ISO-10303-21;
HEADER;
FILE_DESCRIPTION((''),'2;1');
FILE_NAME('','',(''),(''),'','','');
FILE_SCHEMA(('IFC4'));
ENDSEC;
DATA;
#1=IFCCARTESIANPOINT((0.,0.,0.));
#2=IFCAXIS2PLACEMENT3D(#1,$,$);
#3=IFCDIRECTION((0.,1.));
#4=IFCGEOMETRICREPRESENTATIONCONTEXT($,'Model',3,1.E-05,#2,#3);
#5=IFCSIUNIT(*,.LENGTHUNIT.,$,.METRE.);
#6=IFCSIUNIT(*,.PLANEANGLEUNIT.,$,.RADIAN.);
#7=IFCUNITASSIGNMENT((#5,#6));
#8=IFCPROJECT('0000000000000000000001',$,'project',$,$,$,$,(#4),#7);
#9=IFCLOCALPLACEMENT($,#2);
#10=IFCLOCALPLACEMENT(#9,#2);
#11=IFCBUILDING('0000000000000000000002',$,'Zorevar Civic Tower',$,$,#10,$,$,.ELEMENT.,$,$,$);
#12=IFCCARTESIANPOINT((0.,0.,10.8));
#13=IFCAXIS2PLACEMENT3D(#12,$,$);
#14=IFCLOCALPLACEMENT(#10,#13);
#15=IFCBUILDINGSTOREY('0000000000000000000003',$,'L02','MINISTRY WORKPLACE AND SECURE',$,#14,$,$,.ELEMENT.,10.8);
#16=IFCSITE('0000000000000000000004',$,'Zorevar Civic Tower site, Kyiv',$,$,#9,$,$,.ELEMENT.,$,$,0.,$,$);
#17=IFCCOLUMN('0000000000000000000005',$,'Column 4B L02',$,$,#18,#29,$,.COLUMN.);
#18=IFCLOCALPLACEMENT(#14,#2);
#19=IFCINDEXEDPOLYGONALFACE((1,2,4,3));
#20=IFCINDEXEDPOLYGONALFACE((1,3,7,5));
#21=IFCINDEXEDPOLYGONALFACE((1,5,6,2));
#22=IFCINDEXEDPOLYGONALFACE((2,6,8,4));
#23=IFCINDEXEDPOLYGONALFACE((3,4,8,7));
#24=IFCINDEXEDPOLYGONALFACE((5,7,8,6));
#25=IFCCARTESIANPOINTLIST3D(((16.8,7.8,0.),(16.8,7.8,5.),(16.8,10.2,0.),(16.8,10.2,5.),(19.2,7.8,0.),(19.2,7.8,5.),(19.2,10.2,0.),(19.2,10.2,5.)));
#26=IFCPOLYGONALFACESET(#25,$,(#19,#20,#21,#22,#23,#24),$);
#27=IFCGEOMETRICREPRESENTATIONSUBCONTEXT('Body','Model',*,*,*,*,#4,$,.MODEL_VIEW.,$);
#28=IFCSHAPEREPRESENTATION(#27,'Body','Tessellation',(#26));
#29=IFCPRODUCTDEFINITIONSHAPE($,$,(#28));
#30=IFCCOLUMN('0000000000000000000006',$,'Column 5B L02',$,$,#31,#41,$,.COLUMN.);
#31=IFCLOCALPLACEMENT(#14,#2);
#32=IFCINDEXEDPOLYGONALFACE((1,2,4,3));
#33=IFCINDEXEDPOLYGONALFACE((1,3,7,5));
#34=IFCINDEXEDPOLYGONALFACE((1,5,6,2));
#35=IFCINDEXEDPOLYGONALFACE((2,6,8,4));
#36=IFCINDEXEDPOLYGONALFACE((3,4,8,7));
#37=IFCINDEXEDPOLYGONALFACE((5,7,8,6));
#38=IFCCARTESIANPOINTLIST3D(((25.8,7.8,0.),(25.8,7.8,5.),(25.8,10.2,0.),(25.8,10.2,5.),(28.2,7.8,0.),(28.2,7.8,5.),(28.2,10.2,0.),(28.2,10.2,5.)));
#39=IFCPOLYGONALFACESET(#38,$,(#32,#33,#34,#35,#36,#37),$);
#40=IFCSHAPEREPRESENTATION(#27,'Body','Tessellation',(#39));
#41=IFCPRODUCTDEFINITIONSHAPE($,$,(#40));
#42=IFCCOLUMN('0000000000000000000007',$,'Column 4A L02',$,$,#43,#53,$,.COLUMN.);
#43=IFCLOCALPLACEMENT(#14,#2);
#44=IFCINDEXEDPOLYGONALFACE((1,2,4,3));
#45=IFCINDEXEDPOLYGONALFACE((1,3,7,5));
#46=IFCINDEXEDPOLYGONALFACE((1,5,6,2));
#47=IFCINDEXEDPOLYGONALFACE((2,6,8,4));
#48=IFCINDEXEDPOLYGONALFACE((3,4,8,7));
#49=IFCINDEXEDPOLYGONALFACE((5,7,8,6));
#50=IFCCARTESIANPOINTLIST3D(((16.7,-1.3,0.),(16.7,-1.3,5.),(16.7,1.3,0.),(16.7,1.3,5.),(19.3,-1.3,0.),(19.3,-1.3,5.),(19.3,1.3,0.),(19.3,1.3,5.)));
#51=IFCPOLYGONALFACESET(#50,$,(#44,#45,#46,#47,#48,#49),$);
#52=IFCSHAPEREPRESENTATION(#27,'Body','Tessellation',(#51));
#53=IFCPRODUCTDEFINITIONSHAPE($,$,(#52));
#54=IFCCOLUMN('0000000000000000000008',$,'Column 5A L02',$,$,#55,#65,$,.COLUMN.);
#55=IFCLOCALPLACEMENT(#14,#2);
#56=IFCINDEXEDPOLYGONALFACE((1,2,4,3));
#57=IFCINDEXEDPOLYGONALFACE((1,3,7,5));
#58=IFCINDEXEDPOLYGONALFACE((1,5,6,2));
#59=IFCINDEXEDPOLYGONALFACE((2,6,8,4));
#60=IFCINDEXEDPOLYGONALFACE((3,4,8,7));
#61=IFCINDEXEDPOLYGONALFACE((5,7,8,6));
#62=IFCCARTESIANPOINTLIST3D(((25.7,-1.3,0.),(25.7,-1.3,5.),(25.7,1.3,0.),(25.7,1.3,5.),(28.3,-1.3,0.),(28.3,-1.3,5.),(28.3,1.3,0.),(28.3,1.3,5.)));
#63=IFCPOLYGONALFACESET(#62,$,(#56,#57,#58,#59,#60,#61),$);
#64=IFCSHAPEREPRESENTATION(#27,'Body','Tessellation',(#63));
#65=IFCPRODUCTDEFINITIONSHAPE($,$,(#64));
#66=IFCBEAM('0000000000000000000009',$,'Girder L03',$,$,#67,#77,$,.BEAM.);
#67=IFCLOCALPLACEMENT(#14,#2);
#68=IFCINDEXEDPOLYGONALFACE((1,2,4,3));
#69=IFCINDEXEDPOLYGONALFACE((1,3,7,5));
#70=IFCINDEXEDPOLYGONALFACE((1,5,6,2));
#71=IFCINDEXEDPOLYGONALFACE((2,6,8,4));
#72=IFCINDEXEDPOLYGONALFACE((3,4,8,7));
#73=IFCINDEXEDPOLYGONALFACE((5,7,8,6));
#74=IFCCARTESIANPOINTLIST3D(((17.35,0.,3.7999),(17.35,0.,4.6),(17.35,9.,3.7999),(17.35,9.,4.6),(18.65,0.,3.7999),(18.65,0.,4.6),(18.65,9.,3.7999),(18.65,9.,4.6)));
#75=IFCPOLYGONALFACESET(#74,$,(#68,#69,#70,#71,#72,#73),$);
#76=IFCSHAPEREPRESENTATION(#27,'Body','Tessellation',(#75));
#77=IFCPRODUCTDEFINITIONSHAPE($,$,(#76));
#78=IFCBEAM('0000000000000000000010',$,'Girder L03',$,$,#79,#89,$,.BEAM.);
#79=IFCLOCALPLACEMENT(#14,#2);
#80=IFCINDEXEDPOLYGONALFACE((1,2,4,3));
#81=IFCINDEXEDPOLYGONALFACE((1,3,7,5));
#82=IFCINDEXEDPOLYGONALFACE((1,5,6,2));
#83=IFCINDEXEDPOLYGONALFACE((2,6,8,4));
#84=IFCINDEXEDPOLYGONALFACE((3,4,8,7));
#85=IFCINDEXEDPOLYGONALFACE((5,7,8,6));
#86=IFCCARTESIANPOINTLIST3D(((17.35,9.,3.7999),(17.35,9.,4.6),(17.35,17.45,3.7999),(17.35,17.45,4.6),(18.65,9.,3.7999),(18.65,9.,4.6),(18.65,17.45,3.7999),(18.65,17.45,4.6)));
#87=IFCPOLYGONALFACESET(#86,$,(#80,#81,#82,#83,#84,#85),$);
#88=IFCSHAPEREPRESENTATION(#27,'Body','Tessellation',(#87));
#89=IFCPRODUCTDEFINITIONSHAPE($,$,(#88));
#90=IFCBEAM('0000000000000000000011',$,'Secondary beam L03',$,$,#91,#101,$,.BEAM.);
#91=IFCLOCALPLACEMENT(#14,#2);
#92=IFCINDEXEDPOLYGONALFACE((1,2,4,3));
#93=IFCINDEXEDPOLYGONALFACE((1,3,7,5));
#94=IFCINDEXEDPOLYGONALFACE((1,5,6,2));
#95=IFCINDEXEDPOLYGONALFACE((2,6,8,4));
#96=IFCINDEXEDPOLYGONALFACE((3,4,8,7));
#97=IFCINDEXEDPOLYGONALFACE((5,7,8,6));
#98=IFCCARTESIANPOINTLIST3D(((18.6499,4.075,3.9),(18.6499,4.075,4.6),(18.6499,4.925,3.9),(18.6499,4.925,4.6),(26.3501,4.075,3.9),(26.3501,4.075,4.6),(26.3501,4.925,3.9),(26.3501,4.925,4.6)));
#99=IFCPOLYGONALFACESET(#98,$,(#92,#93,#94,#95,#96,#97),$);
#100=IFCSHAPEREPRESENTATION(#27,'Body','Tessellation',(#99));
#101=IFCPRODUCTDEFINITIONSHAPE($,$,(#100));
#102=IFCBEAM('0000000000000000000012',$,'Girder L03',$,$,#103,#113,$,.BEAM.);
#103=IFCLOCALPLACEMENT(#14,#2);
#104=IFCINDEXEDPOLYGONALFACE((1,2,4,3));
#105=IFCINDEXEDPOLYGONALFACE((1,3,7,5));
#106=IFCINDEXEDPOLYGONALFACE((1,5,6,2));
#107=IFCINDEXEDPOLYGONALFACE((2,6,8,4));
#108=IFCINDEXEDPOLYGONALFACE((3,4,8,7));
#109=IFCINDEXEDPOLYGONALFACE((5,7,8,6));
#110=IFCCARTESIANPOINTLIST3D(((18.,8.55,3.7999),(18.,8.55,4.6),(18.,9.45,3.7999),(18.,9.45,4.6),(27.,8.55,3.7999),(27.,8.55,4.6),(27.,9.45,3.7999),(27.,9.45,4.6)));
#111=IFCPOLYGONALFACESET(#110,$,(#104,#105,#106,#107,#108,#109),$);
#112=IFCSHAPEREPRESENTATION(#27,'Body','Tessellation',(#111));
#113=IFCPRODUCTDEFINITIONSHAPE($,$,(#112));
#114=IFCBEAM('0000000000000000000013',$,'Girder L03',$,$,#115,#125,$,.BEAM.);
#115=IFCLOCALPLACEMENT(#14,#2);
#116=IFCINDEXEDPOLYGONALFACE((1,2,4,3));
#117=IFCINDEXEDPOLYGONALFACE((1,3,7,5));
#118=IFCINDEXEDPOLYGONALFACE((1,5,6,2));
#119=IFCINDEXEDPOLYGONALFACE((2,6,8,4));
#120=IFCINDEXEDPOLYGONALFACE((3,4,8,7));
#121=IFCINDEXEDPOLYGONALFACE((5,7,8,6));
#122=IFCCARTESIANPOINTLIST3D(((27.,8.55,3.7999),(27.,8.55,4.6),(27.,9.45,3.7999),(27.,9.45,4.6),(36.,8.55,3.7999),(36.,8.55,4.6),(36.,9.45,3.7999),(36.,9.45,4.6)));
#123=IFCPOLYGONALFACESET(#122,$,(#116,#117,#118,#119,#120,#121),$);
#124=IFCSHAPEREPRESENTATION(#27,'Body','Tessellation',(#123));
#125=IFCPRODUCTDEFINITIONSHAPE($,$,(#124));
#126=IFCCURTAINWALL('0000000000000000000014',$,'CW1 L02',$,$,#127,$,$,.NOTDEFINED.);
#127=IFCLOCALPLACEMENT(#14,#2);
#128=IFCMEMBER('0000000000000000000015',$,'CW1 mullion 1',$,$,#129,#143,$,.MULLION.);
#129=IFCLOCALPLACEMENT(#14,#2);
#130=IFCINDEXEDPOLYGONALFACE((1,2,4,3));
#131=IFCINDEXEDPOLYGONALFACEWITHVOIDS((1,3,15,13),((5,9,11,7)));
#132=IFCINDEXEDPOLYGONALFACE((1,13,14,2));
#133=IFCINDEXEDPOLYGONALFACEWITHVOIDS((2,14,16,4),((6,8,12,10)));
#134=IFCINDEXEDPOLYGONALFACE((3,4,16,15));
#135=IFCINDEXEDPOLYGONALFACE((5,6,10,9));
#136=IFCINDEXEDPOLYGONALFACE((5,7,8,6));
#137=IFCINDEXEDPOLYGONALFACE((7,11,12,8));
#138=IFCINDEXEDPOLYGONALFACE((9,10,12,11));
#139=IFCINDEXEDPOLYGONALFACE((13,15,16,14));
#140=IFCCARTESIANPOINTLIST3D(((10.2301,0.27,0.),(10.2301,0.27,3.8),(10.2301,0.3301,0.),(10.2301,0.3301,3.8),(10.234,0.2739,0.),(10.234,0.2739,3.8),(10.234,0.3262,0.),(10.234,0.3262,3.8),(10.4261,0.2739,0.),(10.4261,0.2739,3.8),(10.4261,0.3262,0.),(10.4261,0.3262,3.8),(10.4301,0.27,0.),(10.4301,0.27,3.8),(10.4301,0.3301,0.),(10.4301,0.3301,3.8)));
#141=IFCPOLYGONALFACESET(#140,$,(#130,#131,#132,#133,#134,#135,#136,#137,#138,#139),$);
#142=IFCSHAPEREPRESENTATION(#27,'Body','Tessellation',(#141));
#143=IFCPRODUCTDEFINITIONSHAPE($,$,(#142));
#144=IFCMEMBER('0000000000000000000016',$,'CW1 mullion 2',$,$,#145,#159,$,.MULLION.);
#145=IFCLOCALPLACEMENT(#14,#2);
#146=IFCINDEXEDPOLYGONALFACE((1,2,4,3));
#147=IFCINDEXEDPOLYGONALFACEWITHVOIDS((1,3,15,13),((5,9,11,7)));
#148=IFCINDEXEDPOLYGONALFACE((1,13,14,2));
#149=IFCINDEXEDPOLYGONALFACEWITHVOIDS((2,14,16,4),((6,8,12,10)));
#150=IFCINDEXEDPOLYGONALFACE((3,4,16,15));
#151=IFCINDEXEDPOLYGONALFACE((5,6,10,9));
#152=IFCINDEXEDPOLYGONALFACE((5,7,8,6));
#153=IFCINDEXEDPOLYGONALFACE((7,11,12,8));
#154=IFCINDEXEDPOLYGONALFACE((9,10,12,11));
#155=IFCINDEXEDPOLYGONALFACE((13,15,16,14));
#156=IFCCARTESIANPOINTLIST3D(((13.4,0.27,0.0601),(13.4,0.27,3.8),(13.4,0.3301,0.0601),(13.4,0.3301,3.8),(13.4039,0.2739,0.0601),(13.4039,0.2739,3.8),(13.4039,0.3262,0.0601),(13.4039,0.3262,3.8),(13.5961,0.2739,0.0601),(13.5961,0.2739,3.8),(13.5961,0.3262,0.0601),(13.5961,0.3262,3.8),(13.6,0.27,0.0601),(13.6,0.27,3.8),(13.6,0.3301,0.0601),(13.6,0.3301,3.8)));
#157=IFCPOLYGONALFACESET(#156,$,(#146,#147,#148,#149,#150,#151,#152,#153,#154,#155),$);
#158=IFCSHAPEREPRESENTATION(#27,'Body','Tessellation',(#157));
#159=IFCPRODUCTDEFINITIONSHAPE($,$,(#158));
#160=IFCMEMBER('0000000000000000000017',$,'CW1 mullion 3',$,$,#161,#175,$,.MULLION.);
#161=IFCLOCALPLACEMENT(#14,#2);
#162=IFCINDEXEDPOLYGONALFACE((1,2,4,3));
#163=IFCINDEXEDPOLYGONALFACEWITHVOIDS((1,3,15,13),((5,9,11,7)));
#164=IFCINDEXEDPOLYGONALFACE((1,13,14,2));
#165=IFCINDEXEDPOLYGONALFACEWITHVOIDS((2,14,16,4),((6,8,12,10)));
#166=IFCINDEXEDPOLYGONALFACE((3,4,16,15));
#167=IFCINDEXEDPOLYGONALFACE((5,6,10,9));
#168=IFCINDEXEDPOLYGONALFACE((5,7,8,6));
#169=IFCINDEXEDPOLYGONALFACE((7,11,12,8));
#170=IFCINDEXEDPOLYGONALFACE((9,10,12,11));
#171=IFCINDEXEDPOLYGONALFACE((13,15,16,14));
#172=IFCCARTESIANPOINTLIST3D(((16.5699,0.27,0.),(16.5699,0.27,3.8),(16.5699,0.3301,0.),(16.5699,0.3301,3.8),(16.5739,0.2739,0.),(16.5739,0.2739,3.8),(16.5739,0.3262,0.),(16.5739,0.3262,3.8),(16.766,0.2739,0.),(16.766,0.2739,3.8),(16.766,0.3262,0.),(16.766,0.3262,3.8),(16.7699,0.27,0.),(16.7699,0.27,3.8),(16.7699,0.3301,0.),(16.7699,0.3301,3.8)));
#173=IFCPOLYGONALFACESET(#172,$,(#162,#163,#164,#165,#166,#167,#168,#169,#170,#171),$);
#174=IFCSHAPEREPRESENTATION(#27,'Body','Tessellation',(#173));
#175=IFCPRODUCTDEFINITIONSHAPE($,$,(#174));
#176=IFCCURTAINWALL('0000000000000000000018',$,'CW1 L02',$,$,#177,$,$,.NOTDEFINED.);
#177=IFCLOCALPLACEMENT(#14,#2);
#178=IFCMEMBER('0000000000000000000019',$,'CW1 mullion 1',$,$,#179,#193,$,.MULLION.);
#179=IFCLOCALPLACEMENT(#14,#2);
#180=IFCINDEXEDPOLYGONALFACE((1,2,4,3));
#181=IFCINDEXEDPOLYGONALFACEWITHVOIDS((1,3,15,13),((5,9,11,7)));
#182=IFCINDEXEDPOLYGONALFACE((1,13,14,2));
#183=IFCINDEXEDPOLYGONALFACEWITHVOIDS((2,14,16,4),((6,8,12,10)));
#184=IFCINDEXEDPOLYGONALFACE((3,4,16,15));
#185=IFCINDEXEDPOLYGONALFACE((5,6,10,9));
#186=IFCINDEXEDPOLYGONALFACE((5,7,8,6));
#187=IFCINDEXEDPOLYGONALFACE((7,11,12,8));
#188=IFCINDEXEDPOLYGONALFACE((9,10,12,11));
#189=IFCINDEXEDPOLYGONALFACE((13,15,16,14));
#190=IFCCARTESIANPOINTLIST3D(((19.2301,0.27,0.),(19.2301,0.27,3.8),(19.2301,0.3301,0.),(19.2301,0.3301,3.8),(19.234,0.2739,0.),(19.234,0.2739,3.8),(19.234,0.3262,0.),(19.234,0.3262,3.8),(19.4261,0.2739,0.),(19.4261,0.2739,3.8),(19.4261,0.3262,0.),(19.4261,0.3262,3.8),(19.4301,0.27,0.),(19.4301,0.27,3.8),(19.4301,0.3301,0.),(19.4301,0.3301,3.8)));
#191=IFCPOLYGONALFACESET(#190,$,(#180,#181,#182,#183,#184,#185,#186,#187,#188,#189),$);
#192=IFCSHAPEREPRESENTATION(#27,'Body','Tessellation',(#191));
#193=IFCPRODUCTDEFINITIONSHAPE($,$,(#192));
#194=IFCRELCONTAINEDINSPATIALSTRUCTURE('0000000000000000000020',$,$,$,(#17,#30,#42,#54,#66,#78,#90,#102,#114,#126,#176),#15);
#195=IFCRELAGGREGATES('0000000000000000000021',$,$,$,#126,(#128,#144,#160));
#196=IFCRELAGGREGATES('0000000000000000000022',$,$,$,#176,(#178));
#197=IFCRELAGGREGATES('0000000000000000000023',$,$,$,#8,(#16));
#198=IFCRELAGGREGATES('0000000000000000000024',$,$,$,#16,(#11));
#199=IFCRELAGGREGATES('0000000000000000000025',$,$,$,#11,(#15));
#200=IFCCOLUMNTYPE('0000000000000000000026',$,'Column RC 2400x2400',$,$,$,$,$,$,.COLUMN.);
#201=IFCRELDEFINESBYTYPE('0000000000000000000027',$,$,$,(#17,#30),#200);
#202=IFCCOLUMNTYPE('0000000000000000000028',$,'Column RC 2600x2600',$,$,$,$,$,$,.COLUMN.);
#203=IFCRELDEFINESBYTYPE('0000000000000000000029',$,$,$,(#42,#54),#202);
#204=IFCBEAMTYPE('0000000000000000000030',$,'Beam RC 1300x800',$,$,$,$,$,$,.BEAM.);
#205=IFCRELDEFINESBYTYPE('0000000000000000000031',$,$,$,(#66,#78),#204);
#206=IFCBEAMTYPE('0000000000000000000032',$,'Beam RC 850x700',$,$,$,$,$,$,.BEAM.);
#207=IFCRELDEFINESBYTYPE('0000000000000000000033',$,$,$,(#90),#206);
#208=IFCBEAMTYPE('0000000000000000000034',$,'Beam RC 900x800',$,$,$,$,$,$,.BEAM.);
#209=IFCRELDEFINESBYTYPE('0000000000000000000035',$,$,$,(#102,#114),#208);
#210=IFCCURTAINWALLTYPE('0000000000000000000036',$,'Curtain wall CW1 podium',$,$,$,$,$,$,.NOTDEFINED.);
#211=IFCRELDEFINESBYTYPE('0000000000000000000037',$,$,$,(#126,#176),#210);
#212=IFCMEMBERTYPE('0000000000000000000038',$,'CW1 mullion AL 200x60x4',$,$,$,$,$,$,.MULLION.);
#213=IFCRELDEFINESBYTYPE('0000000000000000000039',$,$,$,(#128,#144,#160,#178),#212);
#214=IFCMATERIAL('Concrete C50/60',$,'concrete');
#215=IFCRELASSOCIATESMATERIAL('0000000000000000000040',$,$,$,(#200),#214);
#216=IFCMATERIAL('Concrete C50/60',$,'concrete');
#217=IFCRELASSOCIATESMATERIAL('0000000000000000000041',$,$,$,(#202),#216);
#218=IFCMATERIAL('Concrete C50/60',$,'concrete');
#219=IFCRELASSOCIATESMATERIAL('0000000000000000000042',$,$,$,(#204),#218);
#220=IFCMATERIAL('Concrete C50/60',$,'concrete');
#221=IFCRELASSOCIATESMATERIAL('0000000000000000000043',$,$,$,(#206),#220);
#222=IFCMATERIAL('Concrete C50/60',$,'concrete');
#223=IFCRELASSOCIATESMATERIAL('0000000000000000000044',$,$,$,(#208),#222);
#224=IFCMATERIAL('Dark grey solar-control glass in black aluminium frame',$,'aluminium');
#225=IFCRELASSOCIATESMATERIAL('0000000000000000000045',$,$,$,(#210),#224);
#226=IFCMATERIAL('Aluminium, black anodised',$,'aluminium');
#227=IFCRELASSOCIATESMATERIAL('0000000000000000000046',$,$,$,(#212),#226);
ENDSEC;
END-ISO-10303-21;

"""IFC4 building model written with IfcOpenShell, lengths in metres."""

from ifc_helpers import new_model, si_unit, direction, frame, origin, origin_2d, place, context, subcontext, project, spatial, rectangle, hollow_rectangle, extrude, material, material_profile, profile_set, type_object, element, aggregate, save


model = new_model("IFC4")

# Units and contexts
model_context = context("Model", 3, precision=1e-05, world=origin(), true_north=direction((0.0, 1.0)))
body_context = subcontext(model_context, "Body", "Model", "MODEL_VIEW")
ifc_project = project(units=[si_unit("LENGTHUNIT", "METRE"), si_unit("PLANEANGLEUNIT", "RADIAN")], contexts=[model_context])

# Site, building, storey
site_placement = place(None, origin())
site = spatial("IfcSite", under=ifc_project, at=site_placement, Name="Zorevar Civic Tower site, Kyiv", CompositionType="ELEMENT", RefElevation=0.0)
building_placement = place(site_placement, origin())
building = spatial("IfcBuilding", under=site, at=building_placement, Name="Zorevar Civic Tower", CompositionType="ELEMENT")
storey_placement = place(building_placement, frame((0.0, 0.0, 10.8)))
storey = spatial("IfcBuildingStorey", under=building, at=storey_placement, Name="L02", Description="MINISTRY WORKPLACE AND SECURE", CompositionType="ELEMENT", Elevation=10.8)

# Columns
ifc_material_1 = material(Name="Concrete C50/60", Category="concrete")
ifc_material_profile_1 = material_profile(ifc_material_1, rectangle(XDim=2.3999, YDim=2.3999, at=origin_2d()), Name="RC 2400x2400")
ifc_profile_set_1 = profile_set([ifc_material_profile_1], Name="Concrete C50/60")
column_type_1 = type_object("IfcColumnType", Name="Column RC 2400x2400", PredefinedType="COLUMN", material=ifc_profile_set_1)
for number, where, z_axis, x_axis, name in (
    (1, (18.0, 9.0, 0.0), (0.0, 0.0, 1.0), (1.0, 0.0, 0.0), "Column 4B L02"),
    (2, (27.0, 9.0, 0.0), (0.0, 0.0, 1.0), (1.0, 0.0, 0.0), "Column 5B L02"),
):
    element("IfcColumn", number, at=place(storey_placement, frame(where, z_axis=z_axis, x_axis=x_axis)), inside=storey, type_object=column_type_1, Name=name, PredefinedType="COLUMN", context=body_context, shape_type="SweptSolid", body=[
        extrude(rectangle(XDim=2.3999, YDim=2.3999, at=origin_2d()), origin(), (0.0, 0.0, 1.0), 5.0),
    ])
ifc_material_2 = material(Name="Concrete C50/60", Category="concrete")
ifc_material_profile_2 = material_profile(ifc_material_2, rectangle(XDim=2.6001, YDim=2.6001, at=origin_2d()), Name="RC 2600x2600")
ifc_profile_set_2 = profile_set([ifc_material_profile_2], Name="Concrete C50/60")
column_type_2 = type_object("IfcColumnType", Name="Column RC 2600x2600", PredefinedType="COLUMN", material=ifc_profile_set_2)
for number, where, z_axis, x_axis, name in (
    (3, (18.0, 0.0, 0.0), (0.0, 0.0, 1.0), (1.0, 0.0, 0.0), "Column 4A L02"),
    (4, (27.0, 0.0, 0.0), (0.0, 0.0, 1.0), (1.0, 0.0, 0.0), "Column 5A L02"),
):
    element("IfcColumn", number, at=place(storey_placement, frame(where, z_axis=z_axis, x_axis=x_axis)), inside=storey, type_object=column_type_2, Name=name, PredefinedType="COLUMN", context=body_context, shape_type="SweptSolid", body=[
        extrude(rectangle(XDim=2.6001, YDim=2.6001, at=origin_2d()), origin(), (0.0, 0.0, 1.0), 5.0),
    ])

# Beams
ifc_material_3 = material(Name="Concrete C50/60", Category="concrete")
ifc_material_profile_3 = material_profile(ifc_material_3, rectangle(XDim=1.3, YDim=0.8, at=origin_2d()), Name="RC 1300x800")
ifc_profile_set_3 = profile_set([ifc_material_profile_3], Name="Concrete C50/60")
beam_type_1 = type_object("IfcBeamType", Name="Beam RC 1300x800", PredefinedType="BEAM", material=ifc_profile_set_3)
beam_1_placement = place(storey_placement, frame((18.0, 0.0, 4.2), z_axis=(0.0, 1.0, 0.0), x_axis=(-1.0, 0.0, 0.0)))
element("IfcBeam", 5, at=beam_1_placement, inside=storey, type_object=beam_type_1, Name="Girder L03", PredefinedType="BEAM", context=body_context, shape_type="SweptSolid", body=[
    extrude(rectangle(XDim=1.3, YDim=0.8, at=origin_2d()), origin(), (0.0, 0.0, 1.0), 9.0),
])
beam_2_placement = place(storey_placement, frame((18.0, 9.0, 4.2), z_axis=(0.0, 1.0, 0.0), x_axis=(-1.0, 0.0, 0.0)))
element("IfcBeam", 6, at=beam_2_placement, inside=storey, type_object=beam_type_1, Name="Girder L03", PredefinedType="BEAM", context=body_context, shape_type="SweptSolid", body=[
    extrude(rectangle(XDim=1.3, YDim=0.8, at=origin_2d()), origin(), (0.0, 0.0, 1.0), 8.45),
])
ifc_material_4 = material(Name="Concrete C50/60", Category="concrete")
ifc_material_profile_4 = material_profile(ifc_material_4, rectangle(XDim=0.8501, YDim=0.7, at=origin_2d()), Name="RC 850x700")
ifc_profile_set_4 = profile_set([ifc_material_profile_4], Name="Concrete C50/60")
beam_type_2 = type_object("IfcBeamType", Name="Beam RC 850x700", PredefinedType="BEAM", material=ifc_profile_set_4)
beam_3_placement = place(storey_placement, frame((18.6499, 4.5, 4.25), z_axis=(1.0, 0.0, 0.0), x_axis=(0.0, 1.0, 0.0)))
element("IfcBeam", 7, at=beam_3_placement, inside=storey, type_object=beam_type_2, Name="Secondary beam L03", PredefinedType="BEAM", context=body_context, shape_type="SweptSolid", body=[
    extrude(rectangle(XDim=0.8501, YDim=0.7, at=origin_2d()), origin(), (0.0, 0.0, 1.0), 7.7002),
])
ifc_material_5 = material(Name="Concrete C50/60", Category="concrete")
ifc_material_profile_5 = material_profile(ifc_material_5, rectangle(XDim=0.8999, YDim=0.8, at=origin_2d()), Name="RC 900x800")
ifc_profile_set_5 = profile_set([ifc_material_profile_5], Name="Concrete C50/60")
beam_type_3 = type_object("IfcBeamType", Name="Beam RC 900x800", PredefinedType="BEAM", material=ifc_profile_set_5)
for number, where, z_axis, x_axis, name in (
    (8, (18.0, 9.0, 4.2), (1.0, 0.0, 0.0), (0.0, 1.0, 0.0), "Girder L03"),
    (9, (27.0, 9.0, 4.2), (1.0, 0.0, 0.0), (0.0, 1.0, 0.0), "Girder L03"),
):
    element("IfcBeam", number, at=place(storey_placement, frame(where, z_axis=z_axis, x_axis=x_axis)), inside=storey, type_object=beam_type_3, Name=name, PredefinedType="BEAM", context=body_context, shape_type="SweptSolid", body=[
        extrude(rectangle(XDim=0.8999, YDim=0.8, at=origin_2d()), origin(), (0.0, 0.0, 1.0), 9.0),
    ])

# Curtain walls, members
ifc_material_6 = material(Name="Dark grey solar-control glass in black aluminium frame", Category="aluminium")
curtain_wall_type = type_object("IfcCurtainWallType", Name="Curtain wall CW1 podium", PredefinedType="NOTDEFINED", material=ifc_material_6)
curtain_wall_1_placement = place(storey_placement, origin())
curtain_wall_1 = element("IfcCurtainWall", 10, at=curtain_wall_1_placement, inside=storey, type_object=curtain_wall_type, Name="CW1 L02", PredefinedType="NOTDEFINED")
ifc_material_7 = material(Name="Aluminium, black anodised", Category="aluminium")
ifc_material_profile_6 = material_profile(ifc_material_7, hollow_rectangle(XDim=0.0601, YDim=0.2, WallThickness=0.0039, at=origin_2d()), Name="AL 200x60x4")
ifc_profile_set_6 = profile_set([ifc_material_profile_6], Name="Aluminium, black anodised")
member_type_1 = type_object("IfcMemberType", Name="CW1 mullion AL 200x60x4", PredefinedType="MULLION", material=ifc_profile_set_6)
member_1_placement = place(storey_placement, frame((10.3301, 0.3, 0.0), z_axis=(0.0, 0.0, 1.0), x_axis=(0.0, 1.0, 0.0)))
member_1 = element("IfcMember", 11, at=member_1_placement, type_object=member_type_1, Name="CW1 mullion 1", PredefinedType="MULLION", context=body_context, shape_type="SweptSolid", body=[
    extrude(hollow_rectangle(XDim=0.0601, YDim=0.2, WallThickness=0.0039, at=origin_2d()), origin(), (0.0, 0.0, 1.0), 3.8),
])
member_2_placement = place(storey_placement, frame((13.5, 0.3, 0.0601), z_axis=(0.0, 0.0, 1.0), x_axis=(0.0, 1.0, 0.0)))
member_2 = element("IfcMember", 12, at=member_2_placement, type_object=member_type_1, Name="CW1 mullion 2", PredefinedType="MULLION", context=body_context, shape_type="SweptSolid", body=[
    extrude(hollow_rectangle(XDim=0.0601, YDim=0.2, WallThickness=0.0039, at=origin_2d()), origin(), (0.0, 0.0, 1.0), 3.74),
])
member_3_placement = place(storey_placement, frame((16.6699, 0.3, 0.0), z_axis=(0.0, 0.0, 1.0), x_axis=(0.0, 1.0, 0.0)))
member_3 = element("IfcMember", 13, at=member_3_placement, type_object=member_type_1, Name="CW1 mullion 3", PredefinedType="MULLION", context=body_context, shape_type="SweptSolid", body=[
    extrude(hollow_rectangle(XDim=0.0601, YDim=0.2, WallThickness=0.0039, at=origin_2d()), origin(), (0.0, 0.0, 1.0), 3.8),
])
curtain_wall_2_placement = place(storey_placement, origin())
curtain_wall_2 = element("IfcCurtainWall", 14, at=curtain_wall_2_placement, inside=storey, type_object=curtain_wall_type, Name="CW1 L02", PredefinedType="NOTDEFINED")
member_4_placement = place(storey_placement, frame((19.3301, 0.3, 0.0), z_axis=(0.0, 0.0, 1.0), x_axis=(0.0, 1.0, 0.0)))
member_4 = element("IfcMember", 15, at=member_4_placement, type_object=member_type_1, Name="CW1 mullion 1", PredefinedType="MULLION", context=body_context, shape_type="SweptSolid", body=[
    extrude(hollow_rectangle(XDim=0.0601, YDim=0.2, WallThickness=0.0039, at=origin_2d()), origin(), (0.0, 0.0, 1.0), 3.8),
])

aggregate(curtain_wall_1, [member_1, member_2, member_3])
aggregate(curtain_wall_2, [member_4])

save(model, "model.ifc")
